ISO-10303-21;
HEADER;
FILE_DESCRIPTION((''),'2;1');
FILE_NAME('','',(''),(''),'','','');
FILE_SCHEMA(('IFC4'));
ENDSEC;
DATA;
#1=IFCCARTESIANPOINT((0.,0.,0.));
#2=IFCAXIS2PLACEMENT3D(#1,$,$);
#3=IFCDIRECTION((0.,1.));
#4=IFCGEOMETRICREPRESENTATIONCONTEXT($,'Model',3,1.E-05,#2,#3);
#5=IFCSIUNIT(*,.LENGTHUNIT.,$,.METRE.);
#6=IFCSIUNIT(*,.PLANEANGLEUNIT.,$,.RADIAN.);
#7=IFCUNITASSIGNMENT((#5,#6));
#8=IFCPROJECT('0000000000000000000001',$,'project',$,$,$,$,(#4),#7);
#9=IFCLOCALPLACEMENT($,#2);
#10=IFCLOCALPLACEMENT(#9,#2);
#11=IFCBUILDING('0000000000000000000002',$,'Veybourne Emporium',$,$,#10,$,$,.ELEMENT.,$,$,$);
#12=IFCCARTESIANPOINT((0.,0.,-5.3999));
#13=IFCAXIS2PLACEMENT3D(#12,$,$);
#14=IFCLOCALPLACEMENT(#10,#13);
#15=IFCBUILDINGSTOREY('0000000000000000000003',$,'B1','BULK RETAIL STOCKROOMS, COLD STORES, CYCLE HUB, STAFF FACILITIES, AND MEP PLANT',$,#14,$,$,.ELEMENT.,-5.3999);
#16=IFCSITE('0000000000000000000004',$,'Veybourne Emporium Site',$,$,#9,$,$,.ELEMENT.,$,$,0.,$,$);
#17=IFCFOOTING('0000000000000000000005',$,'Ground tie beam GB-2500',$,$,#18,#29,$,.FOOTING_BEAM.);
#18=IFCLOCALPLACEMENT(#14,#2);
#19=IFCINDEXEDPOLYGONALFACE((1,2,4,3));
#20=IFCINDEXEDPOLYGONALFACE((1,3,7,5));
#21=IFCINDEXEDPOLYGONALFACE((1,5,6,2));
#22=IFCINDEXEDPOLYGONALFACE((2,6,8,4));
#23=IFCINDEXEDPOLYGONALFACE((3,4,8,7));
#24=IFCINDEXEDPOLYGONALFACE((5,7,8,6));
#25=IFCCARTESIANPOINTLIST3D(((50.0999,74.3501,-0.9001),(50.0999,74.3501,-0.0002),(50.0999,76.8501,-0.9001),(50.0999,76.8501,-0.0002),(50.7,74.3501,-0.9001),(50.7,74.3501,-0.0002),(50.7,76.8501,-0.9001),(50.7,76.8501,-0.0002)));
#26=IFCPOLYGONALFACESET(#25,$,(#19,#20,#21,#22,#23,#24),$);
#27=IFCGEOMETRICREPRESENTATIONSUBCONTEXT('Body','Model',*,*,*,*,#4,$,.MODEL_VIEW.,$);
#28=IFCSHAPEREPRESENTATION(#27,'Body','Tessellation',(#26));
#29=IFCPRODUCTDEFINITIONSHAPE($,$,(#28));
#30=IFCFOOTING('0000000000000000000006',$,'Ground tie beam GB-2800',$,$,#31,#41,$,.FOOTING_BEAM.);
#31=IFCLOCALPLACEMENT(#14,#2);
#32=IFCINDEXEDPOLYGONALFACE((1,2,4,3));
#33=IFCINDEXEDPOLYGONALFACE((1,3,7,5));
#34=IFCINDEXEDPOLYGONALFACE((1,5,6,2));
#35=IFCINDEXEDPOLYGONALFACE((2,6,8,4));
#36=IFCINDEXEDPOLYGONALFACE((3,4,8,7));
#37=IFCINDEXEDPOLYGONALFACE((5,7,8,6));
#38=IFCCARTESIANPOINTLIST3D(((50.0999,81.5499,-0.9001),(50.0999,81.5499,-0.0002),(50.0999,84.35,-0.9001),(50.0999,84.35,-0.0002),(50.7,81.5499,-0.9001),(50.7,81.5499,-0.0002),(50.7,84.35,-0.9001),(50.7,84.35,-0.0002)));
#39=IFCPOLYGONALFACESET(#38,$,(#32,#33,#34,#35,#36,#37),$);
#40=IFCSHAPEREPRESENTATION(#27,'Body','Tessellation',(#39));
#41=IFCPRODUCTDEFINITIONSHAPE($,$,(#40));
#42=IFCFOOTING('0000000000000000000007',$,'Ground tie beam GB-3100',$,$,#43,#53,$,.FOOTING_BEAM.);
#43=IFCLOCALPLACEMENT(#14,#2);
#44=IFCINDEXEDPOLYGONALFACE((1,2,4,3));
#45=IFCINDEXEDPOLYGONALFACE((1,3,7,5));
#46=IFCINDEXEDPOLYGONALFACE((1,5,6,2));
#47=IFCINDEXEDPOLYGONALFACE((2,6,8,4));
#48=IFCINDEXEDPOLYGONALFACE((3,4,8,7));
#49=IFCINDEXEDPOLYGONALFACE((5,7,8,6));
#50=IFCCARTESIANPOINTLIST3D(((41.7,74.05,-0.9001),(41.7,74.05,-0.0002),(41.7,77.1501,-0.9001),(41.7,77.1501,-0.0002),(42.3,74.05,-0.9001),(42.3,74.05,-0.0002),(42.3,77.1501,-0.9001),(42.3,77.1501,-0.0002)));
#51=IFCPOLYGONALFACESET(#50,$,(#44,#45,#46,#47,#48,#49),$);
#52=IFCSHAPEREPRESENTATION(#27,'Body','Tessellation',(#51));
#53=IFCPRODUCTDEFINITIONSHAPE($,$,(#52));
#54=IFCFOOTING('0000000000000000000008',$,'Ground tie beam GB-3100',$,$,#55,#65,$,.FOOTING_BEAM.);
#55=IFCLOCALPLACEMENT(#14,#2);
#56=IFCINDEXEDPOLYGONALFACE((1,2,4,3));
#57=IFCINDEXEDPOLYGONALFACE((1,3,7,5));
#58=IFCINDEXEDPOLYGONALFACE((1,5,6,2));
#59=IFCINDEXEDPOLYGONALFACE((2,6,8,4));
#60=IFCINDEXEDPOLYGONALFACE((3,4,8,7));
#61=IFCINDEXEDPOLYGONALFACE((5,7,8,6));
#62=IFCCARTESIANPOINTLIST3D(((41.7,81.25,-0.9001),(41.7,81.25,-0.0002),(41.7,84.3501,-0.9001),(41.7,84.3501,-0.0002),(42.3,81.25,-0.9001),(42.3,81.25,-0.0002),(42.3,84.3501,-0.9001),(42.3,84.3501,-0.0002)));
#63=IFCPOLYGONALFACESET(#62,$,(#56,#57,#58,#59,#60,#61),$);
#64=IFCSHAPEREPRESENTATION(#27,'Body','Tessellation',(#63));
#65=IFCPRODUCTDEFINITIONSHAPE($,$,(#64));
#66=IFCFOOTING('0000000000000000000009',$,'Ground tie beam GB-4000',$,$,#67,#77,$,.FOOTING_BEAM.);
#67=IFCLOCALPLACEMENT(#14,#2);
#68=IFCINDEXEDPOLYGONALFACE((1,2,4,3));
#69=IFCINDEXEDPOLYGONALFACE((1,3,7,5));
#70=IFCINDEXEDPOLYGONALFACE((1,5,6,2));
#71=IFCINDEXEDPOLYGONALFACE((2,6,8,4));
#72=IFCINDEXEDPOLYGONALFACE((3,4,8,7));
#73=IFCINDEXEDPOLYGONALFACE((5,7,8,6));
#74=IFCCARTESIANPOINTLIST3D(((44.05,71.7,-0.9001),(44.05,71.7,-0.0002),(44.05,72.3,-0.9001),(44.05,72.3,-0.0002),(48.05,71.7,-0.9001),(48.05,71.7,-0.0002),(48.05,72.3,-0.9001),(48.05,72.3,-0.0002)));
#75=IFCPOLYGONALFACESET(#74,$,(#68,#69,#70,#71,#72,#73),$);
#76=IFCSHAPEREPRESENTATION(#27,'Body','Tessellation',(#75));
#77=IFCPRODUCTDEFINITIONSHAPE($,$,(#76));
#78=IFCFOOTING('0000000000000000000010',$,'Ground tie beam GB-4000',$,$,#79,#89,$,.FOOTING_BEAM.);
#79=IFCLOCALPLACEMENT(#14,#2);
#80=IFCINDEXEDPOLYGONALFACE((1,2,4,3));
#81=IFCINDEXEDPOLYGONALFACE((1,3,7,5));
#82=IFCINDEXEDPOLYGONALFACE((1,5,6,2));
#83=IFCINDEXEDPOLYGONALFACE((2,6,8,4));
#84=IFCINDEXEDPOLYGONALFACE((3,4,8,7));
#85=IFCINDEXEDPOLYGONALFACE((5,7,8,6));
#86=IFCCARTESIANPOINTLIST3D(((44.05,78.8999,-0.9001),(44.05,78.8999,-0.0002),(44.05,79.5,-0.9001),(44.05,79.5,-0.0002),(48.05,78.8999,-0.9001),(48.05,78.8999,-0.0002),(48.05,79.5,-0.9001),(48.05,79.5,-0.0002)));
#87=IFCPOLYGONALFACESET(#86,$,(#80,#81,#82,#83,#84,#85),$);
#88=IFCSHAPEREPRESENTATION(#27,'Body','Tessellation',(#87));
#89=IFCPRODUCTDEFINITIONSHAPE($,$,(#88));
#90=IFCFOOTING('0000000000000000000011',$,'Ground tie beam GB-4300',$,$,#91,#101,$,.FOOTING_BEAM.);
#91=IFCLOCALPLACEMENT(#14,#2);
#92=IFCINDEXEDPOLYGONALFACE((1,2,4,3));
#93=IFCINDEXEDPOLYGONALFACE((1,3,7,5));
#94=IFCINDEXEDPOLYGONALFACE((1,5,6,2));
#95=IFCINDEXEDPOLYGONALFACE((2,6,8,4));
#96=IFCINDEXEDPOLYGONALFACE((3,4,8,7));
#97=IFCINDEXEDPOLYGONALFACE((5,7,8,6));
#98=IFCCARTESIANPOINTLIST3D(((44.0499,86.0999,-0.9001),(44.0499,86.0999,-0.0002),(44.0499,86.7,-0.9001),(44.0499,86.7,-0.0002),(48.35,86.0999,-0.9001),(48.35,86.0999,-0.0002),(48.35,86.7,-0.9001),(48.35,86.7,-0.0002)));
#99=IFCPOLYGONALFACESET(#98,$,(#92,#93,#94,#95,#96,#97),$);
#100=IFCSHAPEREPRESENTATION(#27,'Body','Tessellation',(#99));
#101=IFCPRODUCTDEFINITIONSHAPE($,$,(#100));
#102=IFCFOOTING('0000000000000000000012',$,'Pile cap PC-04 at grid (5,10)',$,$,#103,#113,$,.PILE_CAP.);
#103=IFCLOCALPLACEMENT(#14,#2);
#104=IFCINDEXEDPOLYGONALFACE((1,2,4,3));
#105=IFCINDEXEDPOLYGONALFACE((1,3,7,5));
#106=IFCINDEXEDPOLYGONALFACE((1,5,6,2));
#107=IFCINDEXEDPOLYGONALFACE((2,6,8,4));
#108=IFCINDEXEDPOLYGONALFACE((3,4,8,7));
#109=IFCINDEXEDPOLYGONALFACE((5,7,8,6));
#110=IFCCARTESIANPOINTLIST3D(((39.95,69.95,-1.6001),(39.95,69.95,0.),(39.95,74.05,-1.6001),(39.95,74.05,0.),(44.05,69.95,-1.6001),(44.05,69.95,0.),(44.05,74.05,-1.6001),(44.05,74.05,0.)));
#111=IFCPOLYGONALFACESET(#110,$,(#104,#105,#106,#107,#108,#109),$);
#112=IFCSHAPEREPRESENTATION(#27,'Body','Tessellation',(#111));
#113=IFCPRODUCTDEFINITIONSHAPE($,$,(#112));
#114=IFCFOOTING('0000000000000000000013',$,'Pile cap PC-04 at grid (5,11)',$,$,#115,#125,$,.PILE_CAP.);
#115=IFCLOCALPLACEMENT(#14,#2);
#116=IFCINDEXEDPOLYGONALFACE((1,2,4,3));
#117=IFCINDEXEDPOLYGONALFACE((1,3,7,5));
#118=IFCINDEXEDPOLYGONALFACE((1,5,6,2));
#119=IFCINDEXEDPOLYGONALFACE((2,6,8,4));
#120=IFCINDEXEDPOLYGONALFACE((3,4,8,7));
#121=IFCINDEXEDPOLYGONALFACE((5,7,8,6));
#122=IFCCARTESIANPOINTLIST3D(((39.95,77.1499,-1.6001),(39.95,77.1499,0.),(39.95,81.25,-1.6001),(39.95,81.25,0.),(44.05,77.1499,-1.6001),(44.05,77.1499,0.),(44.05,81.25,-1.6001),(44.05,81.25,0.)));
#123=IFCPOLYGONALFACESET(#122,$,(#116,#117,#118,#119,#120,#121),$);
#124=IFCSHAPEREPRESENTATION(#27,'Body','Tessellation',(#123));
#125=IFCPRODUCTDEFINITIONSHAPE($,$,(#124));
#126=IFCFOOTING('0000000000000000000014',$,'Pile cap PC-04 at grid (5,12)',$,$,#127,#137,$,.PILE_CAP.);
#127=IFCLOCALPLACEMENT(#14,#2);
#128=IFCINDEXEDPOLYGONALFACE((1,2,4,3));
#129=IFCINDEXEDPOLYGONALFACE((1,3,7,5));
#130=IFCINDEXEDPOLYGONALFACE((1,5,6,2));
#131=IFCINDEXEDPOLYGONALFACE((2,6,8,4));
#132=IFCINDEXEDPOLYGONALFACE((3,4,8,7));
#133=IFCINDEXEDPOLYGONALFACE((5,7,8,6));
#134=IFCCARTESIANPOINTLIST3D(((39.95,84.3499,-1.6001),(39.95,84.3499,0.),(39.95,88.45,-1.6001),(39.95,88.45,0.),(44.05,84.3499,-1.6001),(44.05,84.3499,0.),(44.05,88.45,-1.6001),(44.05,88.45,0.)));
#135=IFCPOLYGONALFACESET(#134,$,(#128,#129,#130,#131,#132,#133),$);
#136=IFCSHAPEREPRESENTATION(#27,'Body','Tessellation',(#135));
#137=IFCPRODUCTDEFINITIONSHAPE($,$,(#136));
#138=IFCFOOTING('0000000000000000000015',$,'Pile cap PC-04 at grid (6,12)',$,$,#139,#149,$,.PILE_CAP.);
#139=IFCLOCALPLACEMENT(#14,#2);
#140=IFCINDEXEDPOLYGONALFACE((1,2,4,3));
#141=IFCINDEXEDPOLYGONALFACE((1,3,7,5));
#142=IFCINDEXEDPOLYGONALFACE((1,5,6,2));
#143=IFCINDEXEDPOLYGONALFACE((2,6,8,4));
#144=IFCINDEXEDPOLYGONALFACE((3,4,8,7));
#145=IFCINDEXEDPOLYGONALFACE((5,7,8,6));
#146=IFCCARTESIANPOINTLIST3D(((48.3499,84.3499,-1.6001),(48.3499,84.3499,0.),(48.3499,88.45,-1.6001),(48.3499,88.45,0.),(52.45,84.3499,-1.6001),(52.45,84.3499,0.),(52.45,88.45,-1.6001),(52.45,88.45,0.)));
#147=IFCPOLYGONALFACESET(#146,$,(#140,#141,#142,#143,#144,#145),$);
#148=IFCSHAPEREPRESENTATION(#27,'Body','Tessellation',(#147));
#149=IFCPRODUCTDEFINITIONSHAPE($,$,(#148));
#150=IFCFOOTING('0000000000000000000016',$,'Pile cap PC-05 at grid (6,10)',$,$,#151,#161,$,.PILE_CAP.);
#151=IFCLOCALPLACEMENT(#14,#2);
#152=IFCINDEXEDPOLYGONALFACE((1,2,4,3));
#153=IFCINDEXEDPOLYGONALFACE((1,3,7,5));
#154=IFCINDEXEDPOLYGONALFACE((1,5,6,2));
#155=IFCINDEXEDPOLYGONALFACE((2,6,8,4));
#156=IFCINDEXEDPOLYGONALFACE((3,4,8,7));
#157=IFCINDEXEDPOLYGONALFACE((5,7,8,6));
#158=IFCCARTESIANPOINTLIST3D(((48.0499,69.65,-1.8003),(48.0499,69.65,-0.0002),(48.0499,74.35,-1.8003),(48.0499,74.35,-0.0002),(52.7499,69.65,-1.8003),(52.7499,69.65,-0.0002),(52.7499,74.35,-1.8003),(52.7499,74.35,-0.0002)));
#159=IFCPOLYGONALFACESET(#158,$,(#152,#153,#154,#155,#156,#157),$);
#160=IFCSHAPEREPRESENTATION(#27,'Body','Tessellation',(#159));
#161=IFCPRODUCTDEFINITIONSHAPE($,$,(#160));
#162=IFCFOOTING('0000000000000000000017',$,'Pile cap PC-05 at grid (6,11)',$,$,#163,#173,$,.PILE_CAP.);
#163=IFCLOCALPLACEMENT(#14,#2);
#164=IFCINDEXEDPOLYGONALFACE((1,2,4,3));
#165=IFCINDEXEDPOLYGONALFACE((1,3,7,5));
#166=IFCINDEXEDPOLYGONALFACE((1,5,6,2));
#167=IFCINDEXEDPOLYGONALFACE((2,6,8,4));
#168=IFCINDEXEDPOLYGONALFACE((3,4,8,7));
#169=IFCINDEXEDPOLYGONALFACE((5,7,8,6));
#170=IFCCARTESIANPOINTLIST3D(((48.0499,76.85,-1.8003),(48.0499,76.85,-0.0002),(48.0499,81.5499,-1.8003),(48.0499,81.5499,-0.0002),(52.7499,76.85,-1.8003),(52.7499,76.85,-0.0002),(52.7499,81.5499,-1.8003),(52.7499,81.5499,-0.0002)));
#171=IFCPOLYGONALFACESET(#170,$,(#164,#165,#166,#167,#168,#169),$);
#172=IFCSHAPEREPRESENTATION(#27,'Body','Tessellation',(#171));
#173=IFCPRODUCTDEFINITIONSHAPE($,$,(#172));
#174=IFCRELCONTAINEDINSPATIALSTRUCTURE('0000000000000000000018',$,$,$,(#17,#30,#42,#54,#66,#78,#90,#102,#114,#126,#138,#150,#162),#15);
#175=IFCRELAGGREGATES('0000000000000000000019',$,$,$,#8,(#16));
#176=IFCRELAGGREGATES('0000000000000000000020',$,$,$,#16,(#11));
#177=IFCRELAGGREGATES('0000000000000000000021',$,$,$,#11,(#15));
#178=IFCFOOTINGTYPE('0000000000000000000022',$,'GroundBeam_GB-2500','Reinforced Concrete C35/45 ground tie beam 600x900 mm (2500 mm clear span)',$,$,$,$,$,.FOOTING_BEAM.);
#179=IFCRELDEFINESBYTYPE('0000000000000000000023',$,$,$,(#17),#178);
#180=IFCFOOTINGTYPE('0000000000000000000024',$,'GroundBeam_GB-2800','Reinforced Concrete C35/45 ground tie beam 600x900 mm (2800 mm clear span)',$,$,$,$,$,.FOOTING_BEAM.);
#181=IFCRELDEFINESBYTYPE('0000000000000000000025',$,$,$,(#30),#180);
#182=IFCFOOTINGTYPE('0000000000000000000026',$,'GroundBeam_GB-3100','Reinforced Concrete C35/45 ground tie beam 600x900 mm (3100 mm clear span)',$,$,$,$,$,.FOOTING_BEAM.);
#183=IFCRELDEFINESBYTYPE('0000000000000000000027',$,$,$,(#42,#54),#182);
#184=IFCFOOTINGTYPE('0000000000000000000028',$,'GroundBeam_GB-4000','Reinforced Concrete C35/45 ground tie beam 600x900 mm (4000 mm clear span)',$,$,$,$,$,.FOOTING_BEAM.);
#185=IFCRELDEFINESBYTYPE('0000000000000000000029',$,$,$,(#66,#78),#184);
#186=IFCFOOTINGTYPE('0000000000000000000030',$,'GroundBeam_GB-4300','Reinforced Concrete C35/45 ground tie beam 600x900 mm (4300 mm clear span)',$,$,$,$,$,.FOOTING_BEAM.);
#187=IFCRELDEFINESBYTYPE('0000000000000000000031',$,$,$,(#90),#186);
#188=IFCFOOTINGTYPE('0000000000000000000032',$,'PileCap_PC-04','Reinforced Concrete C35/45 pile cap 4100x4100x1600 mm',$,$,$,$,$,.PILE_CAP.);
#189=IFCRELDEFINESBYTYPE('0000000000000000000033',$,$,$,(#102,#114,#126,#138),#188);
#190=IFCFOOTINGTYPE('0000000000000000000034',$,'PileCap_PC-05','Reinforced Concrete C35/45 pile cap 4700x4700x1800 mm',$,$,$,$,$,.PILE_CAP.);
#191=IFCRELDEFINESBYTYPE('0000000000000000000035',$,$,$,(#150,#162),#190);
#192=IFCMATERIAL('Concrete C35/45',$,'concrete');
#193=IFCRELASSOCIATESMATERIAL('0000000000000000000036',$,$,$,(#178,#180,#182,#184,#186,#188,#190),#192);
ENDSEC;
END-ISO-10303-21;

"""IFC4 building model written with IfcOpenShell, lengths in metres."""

from ifc_helpers import new_model, si_unit, direction, frame, origin, origin_2d, place, context, subcontext, project, spatial, rectangle, extrude, material, type_object, element, save


model = new_model("IFC4")

# Units and contexts
model_context = context("Model", 3, precision=1e-05, world=origin(), true_north=direction((0.0, 1.0)))
body_context = subcontext(model_context, "Body", "Model", "MODEL_VIEW")
ifc_project = project(units=[si_unit("LENGTHUNIT", "METRE"), si_unit("PLANEANGLEUNIT", "RADIAN")], contexts=[model_context])

# Site, building, storey
site_placement = place(None, origin())
site = spatial("IfcSite", under=ifc_project, at=site_placement, Name="Veybourne Emporium Site", CompositionType="ELEMENT", RefElevation=0.0)
building_placement = place(site_placement, origin())
building = spatial("IfcBuilding", under=site, at=building_placement, Name="Veybourne Emporium", CompositionType="ELEMENT")
storey_placement = place(building_placement, frame((0.0, 0.0, -5.3999)))
storey = spatial("IfcBuildingStorey", under=building, at=storey_placement, Name="B1", Description="BULK RETAIL STOCKROOMS, COLD STORES, CYCLE HUB, STAFF FACILITIES, AND MEP PLANT", CompositionType="ELEMENT", Elevation=-5.3999)

# Footings
ifc_material_1 = material(Name="Concrete C35/45", Category="concrete")
footing_type_1 = type_object("IfcFootingType", Name="GroundBeam_GB-2500", Description="Reinforced Concrete C35/45 ground tie beam 600x900 mm (2500 mm clear span)", PredefinedType="FOOTING_BEAM", material=ifc_material_1)
footing_1_placement = place(storey_placement, frame((50.3999, 75.6001, -0.9001), z_axis=(0.0, 0.0, 1.0), x_axis=(0.0, 1.0, 0.0)))
element("IfcFooting", 1, at=footing_1_placement, inside=storey, type_object=footing_type_1, Name="Ground tie beam GB-2500", PredefinedType="FOOTING_BEAM", context=body_context, shape_type="SweptSolid", body=[
    extrude(rectangle(XDim=2.5, YDim=0.6001, at=origin_2d()), origin(), (0.0, 0.0, 1.0), 0.8999),
])
footing_type_2 = type_object("IfcFootingType", Name="GroundBeam_GB-2800", Description="Reinforced Concrete C35/45 ground tie beam 600x900 mm (2800 mm clear span)", PredefinedType="FOOTING_BEAM", material=ifc_material_1)
footing_2_placement = place(storey_placement, frame((50.3999, 82.95, -0.9001), z_axis=(0.0, 0.0, 1.0), x_axis=(0.0, 1.0, 0.0)))
element("IfcFooting", 2, at=footing_2_placement, inside=storey, type_object=footing_type_2, Name="Ground tie beam GB-2800", PredefinedType="FOOTING_BEAM", context=body_context, shape_type="SweptSolid", body=[
    extrude(rectangle(XDim=2.8, YDim=0.6001, at=origin_2d()), origin(), (0.0, 0.0, 1.0), 0.8999),
])
footing_type_3 = type_object("IfcFootingType", Name="GroundBeam_GB-3100", Description="Reinforced Concrete C35/45 ground tie beam 600x900 mm (3100 mm clear span)", PredefinedType="FOOTING_BEAM", material=ifc_material_1)
for number, where, z_axis, x_axis, name in (
    (3, (42.0, 75.6001, -0.9001), (0.0, 0.0, 1.0), (0.0, 1.0, 0.0), "Ground tie beam GB-3100"),
    (4, (42.0, 82.8, -0.9001), (0.0, 0.0, 1.0), (0.0, 1.0, 0.0), "Ground tie beam GB-3100"),
):
    element("IfcFooting", number, at=place(storey_placement, frame(where, z_axis=z_axis, x_axis=x_axis)), inside=storey, type_object=footing_type_3, Name=name, PredefinedType="FOOTING_BEAM", context=body_context, shape_type="SweptSolid", body=[
        extrude(rectangle(XDim=3.1001, YDim=0.6001, at=origin_2d()), origin(), (0.0, 0.0, 1.0), 0.8999),
    ])
footing_type_4 = type_object("IfcFootingType", Name="GroundBeam_GB-4000", Description="Reinforced Concrete C35/45 ground tie beam 600x900 mm (4000 mm clear span)", PredefinedType="FOOTING_BEAM", material=ifc_material_1)
for number, where, z_axis, x_axis, name in (
    (5, (46.05, 72.0, -0.9001), (0.0, 0.0, 1.0), (1.0, 0.0, 0.0), "Ground tie beam GB-4000"),
    (6, (46.05, 79.2, -0.9001), (0.0, 0.0, 1.0), (1.0, 0.0, 0.0), "Ground tie beam GB-4000"),
):
    element("IfcFooting", number, at=place(storey_placement, frame(where, z_axis=z_axis, x_axis=x_axis)), inside=storey, type_object=footing_type_4, Name=name, PredefinedType="FOOTING_BEAM", context=body_context, shape_type="SweptSolid", body=[
        extrude(rectangle(XDim=4.0, YDim=0.6001, at=origin_2d()), origin(), (0.0, 0.0, 1.0), 0.8999),
    ])
footing_type_5 = type_object("IfcFootingType", Name="GroundBeam_GB-4300", Description="Reinforced Concrete C35/45 ground tie beam 600x900 mm (4300 mm clear span)", PredefinedType="FOOTING_BEAM", material=ifc_material_1)
footing_3_placement = place(storey_placement, frame((46.2, 86.3999, -0.9001), z_axis=(0.0, 0.0, 1.0), x_axis=(1.0, 0.0, 0.0)))
element("IfcFooting", 7, at=footing_3_placement, inside=storey, type_object=footing_type_5, Name="Ground tie beam GB-4300", PredefinedType="FOOTING_BEAM", context=body_context, shape_type="SweptSolid", body=[
    extrude(rectangle(XDim=4.3, YDim=0.6001, at=origin_2d()), origin(), (0.0, 0.0, 1.0), 0.8999),
])
footing_type_6 = type_object("IfcFootingType", Name="PileCap_PC-04", Description="Reinforced Concrete C35/45 pile cap 4100x4100x1600 mm", PredefinedType="PILE_CAP", material=ifc_material_1)
for number, where, z_axis, x_axis, name in (
    (8, (42.0, 72.0, -1.6001), (0.0, 0.0, 1.0), (1.0, 0.0, 0.0), "Pile cap PC-04 at grid (5,10)"),
    (9, (42.0, 79.2, -1.6001), (0.0, 0.0, 1.0), (1.0, 0.0, 0.0), "Pile cap PC-04 at grid (5,11)"),
    (10, (42.0, 86.3999, -1.6001), (0.0, 0.0, 1.0), (1.0, 0.0, 0.0), "Pile cap PC-04 at grid (5,12)"),
    (11, (50.3999, 86.3999, -1.6001), (0.0, 0.0, 1.0), (1.0, 0.0, 0.0), "Pile cap PC-04 at grid (6,12)"),
):
    element("IfcFooting", number, at=place(storey_placement, frame(where, z_axis=z_axis, x_axis=x_axis)), inside=storey, type_object=footing_type_6, Name=name, PredefinedType="PILE_CAP", context=body_context, shape_type="SweptSolid", body=[
        extrude(rectangle(XDim=4.1001, YDim=4.1001, at=origin_2d()), origin(), (0.0, 0.0, 1.0), 1.6001),
    ])
footing_type_7 = type_object("IfcFootingType", Name="PileCap_PC-05", Description="Reinforced Concrete C35/45 pile cap 4700x4700x1800 mm", PredefinedType="PILE_CAP", material=ifc_material_1)
for number, where, z_axis, x_axis, name in (
    (12, (50.3999, 72.0, -1.8003), (0.0, 0.0, 1.0), (1.0, 0.0, 0.0), "Pile cap PC-05 at grid (6,10)"),
    (13, (50.3999, 79.2, -1.8003), (0.0, 0.0, 1.0), (1.0, 0.0, 0.0), "Pile cap PC-05 at grid (6,11)"),
):
    element("IfcFooting", number, at=place(storey_placement, frame(where, z_axis=z_axis, x_axis=x_axis)), inside=storey, type_object=footing_type_7, Name=name, PredefinedType="PILE_CAP", context=body_context, shape_type="SweptSolid", body=[
        extrude(rectangle(XDim=4.7, YDim=4.7, at=origin_2d()), origin(), (0.0, 0.0, 1.0), 1.8),
    ])

save(model, "model.ifc")
